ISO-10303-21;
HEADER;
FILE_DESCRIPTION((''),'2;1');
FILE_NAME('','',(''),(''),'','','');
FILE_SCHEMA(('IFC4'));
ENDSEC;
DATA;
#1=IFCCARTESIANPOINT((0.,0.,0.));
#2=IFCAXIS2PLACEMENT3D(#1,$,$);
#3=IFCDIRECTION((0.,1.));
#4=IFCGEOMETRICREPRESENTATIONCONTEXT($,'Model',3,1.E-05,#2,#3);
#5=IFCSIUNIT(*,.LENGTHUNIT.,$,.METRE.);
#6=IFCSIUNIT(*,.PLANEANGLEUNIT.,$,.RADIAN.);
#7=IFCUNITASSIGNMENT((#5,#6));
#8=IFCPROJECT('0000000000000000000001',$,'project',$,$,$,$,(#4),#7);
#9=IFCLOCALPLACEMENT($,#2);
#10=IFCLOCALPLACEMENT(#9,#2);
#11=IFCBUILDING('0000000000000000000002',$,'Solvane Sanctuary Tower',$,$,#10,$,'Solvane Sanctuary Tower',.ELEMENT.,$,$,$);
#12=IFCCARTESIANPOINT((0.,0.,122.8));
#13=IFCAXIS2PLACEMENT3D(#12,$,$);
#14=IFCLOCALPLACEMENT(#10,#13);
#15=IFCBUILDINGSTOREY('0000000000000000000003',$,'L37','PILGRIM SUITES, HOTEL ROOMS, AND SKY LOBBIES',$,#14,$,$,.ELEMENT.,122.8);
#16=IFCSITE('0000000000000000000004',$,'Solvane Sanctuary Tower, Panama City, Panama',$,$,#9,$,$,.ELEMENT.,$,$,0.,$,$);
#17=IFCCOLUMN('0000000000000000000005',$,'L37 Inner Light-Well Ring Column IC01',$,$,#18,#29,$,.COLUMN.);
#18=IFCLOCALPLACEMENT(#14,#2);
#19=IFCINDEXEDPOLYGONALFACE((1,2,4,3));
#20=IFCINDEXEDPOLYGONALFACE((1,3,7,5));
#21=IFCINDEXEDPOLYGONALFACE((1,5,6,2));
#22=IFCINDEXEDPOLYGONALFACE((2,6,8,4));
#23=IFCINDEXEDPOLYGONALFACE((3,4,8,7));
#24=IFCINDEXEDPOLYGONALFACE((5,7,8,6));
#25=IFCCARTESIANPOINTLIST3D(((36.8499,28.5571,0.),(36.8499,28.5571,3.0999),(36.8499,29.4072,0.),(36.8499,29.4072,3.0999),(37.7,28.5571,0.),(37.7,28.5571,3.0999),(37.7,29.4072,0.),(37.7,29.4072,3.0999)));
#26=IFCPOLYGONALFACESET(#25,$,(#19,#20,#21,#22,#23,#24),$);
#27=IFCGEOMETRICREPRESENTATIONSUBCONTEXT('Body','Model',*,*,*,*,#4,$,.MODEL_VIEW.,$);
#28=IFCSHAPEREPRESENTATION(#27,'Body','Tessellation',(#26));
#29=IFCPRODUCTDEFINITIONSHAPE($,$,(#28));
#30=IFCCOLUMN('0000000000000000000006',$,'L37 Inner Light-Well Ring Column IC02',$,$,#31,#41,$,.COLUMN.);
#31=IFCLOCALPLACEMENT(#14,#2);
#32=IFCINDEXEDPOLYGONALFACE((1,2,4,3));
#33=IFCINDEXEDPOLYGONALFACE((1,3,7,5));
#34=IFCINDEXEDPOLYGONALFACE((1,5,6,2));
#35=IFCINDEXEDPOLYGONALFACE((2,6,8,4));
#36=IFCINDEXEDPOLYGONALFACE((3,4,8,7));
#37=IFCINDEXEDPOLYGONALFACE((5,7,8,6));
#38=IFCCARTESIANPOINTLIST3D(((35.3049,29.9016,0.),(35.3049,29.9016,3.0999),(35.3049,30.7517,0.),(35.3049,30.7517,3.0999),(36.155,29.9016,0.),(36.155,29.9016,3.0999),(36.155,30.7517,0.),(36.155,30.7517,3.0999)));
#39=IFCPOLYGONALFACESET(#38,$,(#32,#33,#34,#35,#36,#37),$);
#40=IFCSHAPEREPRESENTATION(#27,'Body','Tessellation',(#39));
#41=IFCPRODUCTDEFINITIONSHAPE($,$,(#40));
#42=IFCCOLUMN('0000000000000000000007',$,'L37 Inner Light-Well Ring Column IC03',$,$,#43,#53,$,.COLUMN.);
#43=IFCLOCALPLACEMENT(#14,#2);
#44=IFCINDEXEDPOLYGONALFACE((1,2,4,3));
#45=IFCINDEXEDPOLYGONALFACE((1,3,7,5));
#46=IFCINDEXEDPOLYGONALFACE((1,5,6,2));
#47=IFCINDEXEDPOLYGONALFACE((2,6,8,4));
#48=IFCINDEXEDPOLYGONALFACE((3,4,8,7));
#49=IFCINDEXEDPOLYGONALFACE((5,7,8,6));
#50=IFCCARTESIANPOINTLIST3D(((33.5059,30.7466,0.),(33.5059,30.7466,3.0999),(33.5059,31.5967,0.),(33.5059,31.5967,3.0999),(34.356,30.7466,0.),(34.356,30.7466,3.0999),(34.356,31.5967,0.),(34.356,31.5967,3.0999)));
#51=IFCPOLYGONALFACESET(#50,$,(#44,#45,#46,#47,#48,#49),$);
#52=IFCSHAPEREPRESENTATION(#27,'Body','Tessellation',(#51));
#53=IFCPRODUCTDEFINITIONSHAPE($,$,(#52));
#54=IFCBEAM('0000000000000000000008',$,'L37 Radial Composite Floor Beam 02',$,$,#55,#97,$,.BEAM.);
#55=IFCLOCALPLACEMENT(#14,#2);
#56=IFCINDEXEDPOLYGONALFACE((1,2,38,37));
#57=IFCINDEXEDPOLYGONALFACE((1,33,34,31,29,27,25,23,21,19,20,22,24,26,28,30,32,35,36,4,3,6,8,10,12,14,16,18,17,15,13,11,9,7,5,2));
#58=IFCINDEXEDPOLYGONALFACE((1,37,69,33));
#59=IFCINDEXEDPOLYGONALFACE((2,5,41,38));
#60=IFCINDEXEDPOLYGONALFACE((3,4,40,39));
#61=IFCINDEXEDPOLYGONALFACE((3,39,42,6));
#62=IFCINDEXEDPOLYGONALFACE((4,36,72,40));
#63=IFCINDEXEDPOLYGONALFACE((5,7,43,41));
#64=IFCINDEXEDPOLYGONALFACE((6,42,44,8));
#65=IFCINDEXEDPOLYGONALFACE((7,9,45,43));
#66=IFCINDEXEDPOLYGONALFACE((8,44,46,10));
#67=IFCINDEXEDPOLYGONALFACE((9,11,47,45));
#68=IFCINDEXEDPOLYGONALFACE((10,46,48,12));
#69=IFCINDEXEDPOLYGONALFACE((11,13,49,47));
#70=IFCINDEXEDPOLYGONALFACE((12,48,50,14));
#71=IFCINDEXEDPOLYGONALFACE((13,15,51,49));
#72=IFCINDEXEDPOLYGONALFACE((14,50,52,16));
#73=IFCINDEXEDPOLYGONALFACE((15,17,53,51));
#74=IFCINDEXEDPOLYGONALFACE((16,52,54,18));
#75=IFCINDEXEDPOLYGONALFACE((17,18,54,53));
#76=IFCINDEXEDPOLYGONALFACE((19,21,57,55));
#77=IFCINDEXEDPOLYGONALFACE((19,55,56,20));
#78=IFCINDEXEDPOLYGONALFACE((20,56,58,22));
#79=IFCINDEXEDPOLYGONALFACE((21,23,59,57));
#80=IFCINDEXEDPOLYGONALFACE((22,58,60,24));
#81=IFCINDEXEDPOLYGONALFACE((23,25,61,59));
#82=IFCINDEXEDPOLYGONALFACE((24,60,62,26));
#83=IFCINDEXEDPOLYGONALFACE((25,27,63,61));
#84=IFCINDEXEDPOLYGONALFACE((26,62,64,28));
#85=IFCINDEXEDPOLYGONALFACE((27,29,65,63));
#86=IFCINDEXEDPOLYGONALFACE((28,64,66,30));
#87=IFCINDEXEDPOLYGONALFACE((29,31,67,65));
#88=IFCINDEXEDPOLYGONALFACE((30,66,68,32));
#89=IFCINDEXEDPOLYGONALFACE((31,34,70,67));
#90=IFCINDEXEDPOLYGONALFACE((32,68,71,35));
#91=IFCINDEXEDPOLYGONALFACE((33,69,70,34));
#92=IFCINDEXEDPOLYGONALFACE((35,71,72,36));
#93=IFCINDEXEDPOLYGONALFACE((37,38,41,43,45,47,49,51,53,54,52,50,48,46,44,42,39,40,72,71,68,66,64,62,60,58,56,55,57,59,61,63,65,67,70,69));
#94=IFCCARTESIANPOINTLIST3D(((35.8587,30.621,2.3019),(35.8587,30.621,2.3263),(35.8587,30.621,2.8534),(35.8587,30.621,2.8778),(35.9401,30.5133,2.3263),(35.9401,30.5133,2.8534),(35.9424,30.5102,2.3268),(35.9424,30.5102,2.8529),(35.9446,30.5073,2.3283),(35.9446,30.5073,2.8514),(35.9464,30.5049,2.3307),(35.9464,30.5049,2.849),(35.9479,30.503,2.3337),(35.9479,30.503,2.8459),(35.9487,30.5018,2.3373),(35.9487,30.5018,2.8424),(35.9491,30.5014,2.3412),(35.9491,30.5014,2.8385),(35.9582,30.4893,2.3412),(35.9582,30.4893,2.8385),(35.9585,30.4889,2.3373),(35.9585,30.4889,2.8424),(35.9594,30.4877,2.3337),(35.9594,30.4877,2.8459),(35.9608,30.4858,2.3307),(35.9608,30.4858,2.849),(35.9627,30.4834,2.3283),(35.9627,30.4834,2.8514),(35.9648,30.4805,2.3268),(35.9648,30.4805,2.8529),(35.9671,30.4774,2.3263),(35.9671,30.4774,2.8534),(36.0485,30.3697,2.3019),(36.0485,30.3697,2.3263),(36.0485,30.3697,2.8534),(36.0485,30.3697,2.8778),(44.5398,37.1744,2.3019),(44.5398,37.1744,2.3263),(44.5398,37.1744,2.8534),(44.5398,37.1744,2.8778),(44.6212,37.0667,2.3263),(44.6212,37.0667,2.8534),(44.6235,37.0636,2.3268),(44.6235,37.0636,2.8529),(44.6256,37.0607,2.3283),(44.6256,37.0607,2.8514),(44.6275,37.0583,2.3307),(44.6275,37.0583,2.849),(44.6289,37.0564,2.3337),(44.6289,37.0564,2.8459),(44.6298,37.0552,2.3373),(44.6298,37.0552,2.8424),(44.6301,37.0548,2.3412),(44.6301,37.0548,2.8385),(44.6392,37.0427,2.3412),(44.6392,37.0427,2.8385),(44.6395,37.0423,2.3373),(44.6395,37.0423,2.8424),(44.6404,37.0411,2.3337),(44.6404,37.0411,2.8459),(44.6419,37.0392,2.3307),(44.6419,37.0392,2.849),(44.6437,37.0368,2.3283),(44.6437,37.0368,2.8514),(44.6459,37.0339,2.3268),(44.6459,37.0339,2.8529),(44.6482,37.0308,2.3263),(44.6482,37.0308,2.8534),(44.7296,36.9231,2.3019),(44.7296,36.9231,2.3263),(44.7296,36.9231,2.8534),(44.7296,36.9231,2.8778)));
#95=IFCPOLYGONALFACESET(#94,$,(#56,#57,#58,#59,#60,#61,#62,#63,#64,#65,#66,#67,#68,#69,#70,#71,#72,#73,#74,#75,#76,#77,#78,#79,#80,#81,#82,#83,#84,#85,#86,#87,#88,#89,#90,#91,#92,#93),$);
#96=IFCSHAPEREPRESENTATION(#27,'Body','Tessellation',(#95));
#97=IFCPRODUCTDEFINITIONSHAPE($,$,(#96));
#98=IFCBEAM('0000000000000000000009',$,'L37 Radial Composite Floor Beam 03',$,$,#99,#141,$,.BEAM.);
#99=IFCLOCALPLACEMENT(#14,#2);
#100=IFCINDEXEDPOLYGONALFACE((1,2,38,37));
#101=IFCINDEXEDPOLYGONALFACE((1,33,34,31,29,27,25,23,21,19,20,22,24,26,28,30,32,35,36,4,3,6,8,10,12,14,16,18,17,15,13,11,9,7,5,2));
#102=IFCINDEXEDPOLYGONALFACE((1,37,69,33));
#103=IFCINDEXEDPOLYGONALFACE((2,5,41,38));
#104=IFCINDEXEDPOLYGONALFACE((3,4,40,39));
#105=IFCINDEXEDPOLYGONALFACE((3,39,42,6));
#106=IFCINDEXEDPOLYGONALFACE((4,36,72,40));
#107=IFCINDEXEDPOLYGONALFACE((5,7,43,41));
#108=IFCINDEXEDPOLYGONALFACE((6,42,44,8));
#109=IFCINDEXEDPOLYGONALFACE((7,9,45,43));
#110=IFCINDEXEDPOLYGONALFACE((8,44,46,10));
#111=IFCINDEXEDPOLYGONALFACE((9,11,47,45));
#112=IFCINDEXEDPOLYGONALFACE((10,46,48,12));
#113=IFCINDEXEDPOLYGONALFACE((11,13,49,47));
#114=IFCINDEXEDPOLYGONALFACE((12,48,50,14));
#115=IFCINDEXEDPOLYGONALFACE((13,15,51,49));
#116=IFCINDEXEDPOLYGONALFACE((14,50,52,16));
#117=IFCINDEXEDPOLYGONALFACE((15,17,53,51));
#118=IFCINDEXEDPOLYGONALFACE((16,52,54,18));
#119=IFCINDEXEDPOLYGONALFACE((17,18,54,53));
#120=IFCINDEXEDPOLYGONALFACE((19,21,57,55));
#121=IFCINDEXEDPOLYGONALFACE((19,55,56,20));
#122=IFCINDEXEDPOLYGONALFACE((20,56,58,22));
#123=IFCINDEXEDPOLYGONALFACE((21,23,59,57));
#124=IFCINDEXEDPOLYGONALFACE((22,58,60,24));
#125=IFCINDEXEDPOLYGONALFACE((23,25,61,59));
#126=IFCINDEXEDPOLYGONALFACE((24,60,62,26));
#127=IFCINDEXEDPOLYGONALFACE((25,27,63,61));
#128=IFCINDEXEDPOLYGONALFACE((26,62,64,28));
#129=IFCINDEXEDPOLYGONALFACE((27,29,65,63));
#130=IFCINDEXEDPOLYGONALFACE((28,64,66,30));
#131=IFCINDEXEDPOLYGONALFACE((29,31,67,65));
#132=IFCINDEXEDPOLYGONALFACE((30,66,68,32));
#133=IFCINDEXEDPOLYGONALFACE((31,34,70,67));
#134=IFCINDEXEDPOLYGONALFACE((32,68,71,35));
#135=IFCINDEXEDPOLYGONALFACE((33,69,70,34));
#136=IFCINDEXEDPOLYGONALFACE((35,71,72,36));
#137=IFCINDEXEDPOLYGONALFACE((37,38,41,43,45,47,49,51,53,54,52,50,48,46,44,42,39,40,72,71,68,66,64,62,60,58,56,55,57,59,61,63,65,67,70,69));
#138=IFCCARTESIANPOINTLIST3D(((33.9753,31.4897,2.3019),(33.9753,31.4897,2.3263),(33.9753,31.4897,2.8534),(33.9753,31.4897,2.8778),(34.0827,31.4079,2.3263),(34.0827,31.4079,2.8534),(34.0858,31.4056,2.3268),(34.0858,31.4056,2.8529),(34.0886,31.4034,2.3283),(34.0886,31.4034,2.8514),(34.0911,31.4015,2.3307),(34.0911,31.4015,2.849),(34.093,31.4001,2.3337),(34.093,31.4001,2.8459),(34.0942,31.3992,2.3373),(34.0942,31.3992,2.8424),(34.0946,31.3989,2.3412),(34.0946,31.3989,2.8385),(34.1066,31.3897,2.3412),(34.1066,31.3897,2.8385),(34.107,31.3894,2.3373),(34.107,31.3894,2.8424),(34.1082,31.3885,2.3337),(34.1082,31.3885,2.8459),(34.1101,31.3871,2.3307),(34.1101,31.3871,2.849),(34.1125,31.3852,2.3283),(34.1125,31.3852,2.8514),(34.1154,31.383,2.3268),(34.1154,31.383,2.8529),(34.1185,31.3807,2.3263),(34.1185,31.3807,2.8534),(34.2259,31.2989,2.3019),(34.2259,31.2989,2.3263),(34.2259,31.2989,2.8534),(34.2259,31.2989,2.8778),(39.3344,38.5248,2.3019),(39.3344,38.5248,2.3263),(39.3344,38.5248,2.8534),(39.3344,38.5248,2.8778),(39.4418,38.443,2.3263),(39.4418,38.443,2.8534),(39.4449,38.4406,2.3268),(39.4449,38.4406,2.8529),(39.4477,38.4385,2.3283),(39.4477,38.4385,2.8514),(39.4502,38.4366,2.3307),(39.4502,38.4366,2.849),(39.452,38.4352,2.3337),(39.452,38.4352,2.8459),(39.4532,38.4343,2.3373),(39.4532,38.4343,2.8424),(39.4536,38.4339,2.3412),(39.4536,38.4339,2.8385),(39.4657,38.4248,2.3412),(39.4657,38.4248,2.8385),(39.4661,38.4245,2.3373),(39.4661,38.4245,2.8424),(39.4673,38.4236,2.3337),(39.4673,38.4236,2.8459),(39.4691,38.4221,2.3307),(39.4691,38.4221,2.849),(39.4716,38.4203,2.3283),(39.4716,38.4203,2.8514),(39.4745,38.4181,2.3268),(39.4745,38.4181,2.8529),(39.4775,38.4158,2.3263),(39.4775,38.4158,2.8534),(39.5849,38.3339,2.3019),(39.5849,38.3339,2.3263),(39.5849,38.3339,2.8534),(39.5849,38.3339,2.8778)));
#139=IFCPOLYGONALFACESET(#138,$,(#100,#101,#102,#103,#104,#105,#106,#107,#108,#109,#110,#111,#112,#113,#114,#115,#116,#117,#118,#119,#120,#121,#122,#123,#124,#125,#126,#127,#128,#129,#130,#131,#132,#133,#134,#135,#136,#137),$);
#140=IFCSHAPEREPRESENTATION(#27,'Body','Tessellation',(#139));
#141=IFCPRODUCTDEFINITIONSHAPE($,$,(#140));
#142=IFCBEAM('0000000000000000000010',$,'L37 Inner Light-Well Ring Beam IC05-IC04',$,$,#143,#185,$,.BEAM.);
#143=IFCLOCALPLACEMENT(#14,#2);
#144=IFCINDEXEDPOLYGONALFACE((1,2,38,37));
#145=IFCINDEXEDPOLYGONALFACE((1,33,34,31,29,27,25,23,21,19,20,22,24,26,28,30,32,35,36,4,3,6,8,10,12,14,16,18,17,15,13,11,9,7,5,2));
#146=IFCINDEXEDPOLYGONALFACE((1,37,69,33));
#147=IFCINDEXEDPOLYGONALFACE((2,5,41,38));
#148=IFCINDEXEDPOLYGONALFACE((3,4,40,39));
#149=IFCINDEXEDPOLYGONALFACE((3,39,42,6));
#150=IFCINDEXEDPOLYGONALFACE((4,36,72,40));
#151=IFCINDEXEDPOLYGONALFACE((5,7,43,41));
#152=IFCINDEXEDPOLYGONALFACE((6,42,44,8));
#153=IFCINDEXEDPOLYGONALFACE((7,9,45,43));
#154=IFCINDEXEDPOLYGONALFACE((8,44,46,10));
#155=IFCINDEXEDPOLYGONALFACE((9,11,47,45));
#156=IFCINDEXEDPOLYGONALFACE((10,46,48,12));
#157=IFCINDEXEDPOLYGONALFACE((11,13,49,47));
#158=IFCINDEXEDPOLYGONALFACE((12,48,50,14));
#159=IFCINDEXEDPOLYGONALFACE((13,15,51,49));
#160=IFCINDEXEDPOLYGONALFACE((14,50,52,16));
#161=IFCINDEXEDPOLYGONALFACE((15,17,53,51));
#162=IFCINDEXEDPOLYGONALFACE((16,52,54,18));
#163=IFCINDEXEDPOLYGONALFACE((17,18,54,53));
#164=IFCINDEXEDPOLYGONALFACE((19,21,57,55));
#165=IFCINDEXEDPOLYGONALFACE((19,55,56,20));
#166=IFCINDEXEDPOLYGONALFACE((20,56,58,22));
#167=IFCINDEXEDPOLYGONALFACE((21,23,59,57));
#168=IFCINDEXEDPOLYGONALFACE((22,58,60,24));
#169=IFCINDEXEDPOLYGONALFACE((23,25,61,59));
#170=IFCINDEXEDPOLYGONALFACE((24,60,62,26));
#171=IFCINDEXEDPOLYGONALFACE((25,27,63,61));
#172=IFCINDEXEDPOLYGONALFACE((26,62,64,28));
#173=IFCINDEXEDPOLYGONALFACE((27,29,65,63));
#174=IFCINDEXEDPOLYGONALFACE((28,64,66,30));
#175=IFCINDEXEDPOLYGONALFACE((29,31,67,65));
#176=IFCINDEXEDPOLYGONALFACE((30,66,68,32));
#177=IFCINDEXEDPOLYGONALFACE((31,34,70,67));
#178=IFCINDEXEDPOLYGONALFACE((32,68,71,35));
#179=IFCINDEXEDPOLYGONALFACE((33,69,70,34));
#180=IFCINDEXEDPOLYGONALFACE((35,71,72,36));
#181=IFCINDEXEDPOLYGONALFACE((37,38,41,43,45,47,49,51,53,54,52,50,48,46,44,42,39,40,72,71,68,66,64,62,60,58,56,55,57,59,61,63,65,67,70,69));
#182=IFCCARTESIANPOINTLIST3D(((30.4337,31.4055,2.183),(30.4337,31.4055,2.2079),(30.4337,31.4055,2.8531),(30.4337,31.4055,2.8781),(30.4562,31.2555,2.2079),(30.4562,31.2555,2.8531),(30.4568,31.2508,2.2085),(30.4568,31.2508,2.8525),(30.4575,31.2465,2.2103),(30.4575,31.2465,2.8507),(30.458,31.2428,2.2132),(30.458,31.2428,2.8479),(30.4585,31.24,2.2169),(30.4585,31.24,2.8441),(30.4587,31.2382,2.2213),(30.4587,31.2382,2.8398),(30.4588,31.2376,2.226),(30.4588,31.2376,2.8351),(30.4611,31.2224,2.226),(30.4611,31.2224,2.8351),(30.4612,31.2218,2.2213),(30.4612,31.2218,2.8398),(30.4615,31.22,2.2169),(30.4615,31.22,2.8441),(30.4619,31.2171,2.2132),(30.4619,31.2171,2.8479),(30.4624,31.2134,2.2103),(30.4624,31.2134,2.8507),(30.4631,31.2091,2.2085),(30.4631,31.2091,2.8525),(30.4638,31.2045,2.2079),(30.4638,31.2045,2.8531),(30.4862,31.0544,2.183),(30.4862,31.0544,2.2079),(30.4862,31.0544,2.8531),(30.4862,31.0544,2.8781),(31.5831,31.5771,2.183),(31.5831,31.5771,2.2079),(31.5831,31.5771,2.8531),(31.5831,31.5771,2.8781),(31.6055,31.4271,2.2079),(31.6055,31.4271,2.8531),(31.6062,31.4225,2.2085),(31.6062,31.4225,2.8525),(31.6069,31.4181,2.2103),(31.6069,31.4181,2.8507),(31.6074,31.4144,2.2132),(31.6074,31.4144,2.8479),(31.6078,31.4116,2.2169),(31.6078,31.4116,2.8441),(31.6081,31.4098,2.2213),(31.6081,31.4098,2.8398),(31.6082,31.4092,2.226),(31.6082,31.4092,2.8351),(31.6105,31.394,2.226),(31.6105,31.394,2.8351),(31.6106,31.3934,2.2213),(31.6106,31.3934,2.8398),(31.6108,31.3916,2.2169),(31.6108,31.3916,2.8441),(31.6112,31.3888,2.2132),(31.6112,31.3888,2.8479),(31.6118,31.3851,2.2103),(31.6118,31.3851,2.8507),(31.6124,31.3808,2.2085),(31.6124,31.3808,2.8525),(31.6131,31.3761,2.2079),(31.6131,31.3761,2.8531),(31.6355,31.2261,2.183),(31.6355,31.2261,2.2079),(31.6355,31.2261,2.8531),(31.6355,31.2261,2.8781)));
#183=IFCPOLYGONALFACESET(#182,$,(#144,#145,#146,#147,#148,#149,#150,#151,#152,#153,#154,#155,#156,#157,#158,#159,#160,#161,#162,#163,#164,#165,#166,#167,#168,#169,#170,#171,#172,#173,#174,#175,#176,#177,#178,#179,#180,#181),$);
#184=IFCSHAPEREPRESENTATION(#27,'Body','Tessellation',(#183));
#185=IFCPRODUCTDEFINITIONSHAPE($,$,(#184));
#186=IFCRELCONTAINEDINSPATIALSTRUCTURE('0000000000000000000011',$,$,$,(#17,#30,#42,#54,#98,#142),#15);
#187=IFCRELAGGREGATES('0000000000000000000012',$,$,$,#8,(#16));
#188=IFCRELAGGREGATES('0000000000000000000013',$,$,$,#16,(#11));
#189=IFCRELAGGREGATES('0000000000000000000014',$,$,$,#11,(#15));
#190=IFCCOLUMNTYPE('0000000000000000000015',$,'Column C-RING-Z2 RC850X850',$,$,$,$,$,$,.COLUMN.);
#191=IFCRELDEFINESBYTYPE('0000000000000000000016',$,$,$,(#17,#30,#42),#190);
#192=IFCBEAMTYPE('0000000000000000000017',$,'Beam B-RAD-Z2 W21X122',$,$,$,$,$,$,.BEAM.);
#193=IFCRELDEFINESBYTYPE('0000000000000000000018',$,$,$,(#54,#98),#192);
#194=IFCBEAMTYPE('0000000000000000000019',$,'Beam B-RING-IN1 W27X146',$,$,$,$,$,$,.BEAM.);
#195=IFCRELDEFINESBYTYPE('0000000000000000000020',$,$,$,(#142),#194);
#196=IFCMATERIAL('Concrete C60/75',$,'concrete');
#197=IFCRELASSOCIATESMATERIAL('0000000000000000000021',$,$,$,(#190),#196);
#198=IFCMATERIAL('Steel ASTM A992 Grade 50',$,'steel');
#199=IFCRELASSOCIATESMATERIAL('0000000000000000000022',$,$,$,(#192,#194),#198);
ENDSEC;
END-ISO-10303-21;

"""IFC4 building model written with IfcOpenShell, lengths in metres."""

from ifc_helpers import new_model, si_unit, direction, frame, origin, origin_2d, place, context, subcontext, project, spatial, rectangle, i_section, extrude, material, material_profile, profile_set, type_object, element, save


model = new_model("IFC4")

# Units and contexts
model_context = context("Model", 3, precision=1e-05, world=origin(), true_north=direction((0.0, 1.0)))
body_context = subcontext(model_context, "Body", "Model", "MODEL_VIEW")
ifc_project = project(units=[si_unit("LENGTHUNIT", "METRE"), si_unit("PLANEANGLEUNIT", "RADIAN")], contexts=[model_context])

# Site, building, storey
site_placement = place(None, origin())
site = spatial("IfcSite", under=ifc_project, at=site_placement, Name="Solvane Sanctuary Tower, Panama City, Panama", CompositionType="ELEMENT", RefElevation=0.0)
building_placement = place(site_placement, origin())
building = spatial("IfcBuilding", under=site, at=building_placement, Name="Solvane Sanctuary Tower", LongName="Solvane Sanctuary Tower", CompositionType="ELEMENT")
storey_placement = place(building_placement, frame((0.0, 0.0, 122.8)))
storey = spatial("IfcBuildingStorey", under=building, at=storey_placement, Name="L37", Description="PILGRIM SUITES, HOTEL ROOMS, AND SKY LOBBIES", CompositionType="ELEMENT", Elevation=122.8)

# Columns
ifc_material_1 = material(Name="Concrete C60/75", Category="concrete")
ifc_material_profile_1 = material_profile(ifc_material_1, rectangle(XDim=0.8501, YDim=0.8501, at=origin_2d()), Name="RC850X850")
ifc_profile_set_1 = profile_set([ifc_material_profile_1], Name="Concrete C60/75")
column_type = type_object("IfcColumnType", Name="Column C-RING-Z2 RC850X850", PredefinedType="COLUMN", material=ifc_profile_set_1)
for number, where, z_axis, x_axis, name in (
    (1, (37.2749, 28.9822, 0.0), (0.0, 0.0, 1.0), (1.0, 0.0, 0.0), "L37 Inner Light-Well Ring Column IC01"),
    (2, (35.73, 30.3267, 0.0), (0.0, 0.0, 1.0), (1.0, 0.0, 0.0), "L37 Inner Light-Well Ring Column IC02"),
    (3, (33.9309, 31.1716, 0.0), (0.0, 0.0, 1.0), (1.0, 0.0, 0.0), "L37 Inner Light-Well Ring Column IC03"),
):
    element("IfcColumn", number, at=place(storey_placement, frame(where, z_axis=z_axis, x_axis=x_axis)), inside=storey, type_object=column_type, Name=name, PredefinedType="COLUMN", context=body_context, shape_type="SweptSolid", body=[
        extrude(rectangle(XDim=0.8501, YDim=0.8501, at=origin_2d()), origin(), (0.0, 0.0, 1.0), 3.0999),
    ])

# Beams
ifc_material_2 = material(Name="Steel ASTM A992 Grade 50", Category="steel")
ifc_material_profile_2 = material_profile(ifc_material_2, i_section(OverallWidth=0.3149, OverallDepth=0.5759, WebThickness=0.0151, FlangeThickness=0.0244, FilletRadius=0.0149, at=origin_2d()), Name="W21X122")
ifc_profile_set_2 = profile_set([ifc_material_profile_2], Name="Steel ASTM A992 Grade 50")
beam_type_1 = type_object("IfcBeamType", Name="Beam B-RAD-Z2 W21X122", PredefinedType="BEAM", material=ifc_profile_set_2)
beam_1_placement = place(storey_placement, frame((35.9536, 30.4954, 2.5898), z_axis=(0.798116, 0.602504, 0.0), x_axis=(-0.602504, 0.798116, 0.0)))
element("IfcBeam", 4, at=beam_1_placement, inside=storey, type_object=beam_type_1, Name="L37 Radial Composite Floor Beam 02", PredefinedType="BEAM", context=body_context, shape_type="SweptSolid", body=[
    extrude(i_section(OverallWidth=0.3149, OverallDepth=0.5759, WebThickness=0.0151, FlangeThickness=0.0244, FilletRadius=0.0149, at=origin_2d()), origin(), (0.0, 0.0, 1.0), 10.877),
])
beam_2_placement = place(storey_placement, frame((34.1006, 31.3943, 2.5898), z_axis=(0.605973, 0.795486, 0.0), x_axis=(-0.795486, 0.605973, 0.0)))
element("IfcBeam", 5, at=beam_2_placement, inside=storey, type_object=beam_type_1, Name="L37 Radial Composite Floor Beam 03", PredefinedType="BEAM", context=body_context, shape_type="SweptSolid", body=[
    extrude(i_section(OverallWidth=0.3149, OverallDepth=0.5759, WebThickness=0.0151, FlangeThickness=0.0244, FilletRadius=0.0149, at=origin_2d()), origin(), (0.0, 0.0, 1.0), 8.8438),
])
ifc_material_profile_3 = material_profile(ifc_material_2, i_section(OverallWidth=0.355, OverallDepth=0.6951, WebThickness=0.0154, FlangeThickness=0.0249, FilletRadius=0.0181, at=origin_2d()), Name="W27X146")
ifc_profile_set_3 = profile_set([ifc_material_profile_3], Name="Steel ASTM A992 Grade 50")
beam_type_2 = type_object("IfcBeamType", Name="Beam B-RING-IN1 W27X146", PredefinedType="BEAM", material=ifc_profile_set_3)
for number, where, z_axis, x_axis, name in (
    (6, (30.46, 31.23, 2.5305), (0.989035, 0.147683, 0.0), (-0.147683, 0.989035, 0.0), "L37 Inner Light-Well Ring Beam IC05-IC04"),
):
    element("IfcBeam", number, at=place(storey_placement, frame(where, z_axis=z_axis, x_axis=x_axis)), inside=storey, type_object=beam_type_2, Name=name, PredefinedType="BEAM", context=body_context, shape_type="SweptSolid", body=[
        extrude(i_section(OverallWidth=0.355, OverallDepth=0.6951, WebThickness=0.0154, FlangeThickness=0.0249, FilletRadius=0.0181, at=origin_2d()), origin(), (0.0, 0.0, 1.0), 1.1621),
    ])

save(model, "model.ifc")
